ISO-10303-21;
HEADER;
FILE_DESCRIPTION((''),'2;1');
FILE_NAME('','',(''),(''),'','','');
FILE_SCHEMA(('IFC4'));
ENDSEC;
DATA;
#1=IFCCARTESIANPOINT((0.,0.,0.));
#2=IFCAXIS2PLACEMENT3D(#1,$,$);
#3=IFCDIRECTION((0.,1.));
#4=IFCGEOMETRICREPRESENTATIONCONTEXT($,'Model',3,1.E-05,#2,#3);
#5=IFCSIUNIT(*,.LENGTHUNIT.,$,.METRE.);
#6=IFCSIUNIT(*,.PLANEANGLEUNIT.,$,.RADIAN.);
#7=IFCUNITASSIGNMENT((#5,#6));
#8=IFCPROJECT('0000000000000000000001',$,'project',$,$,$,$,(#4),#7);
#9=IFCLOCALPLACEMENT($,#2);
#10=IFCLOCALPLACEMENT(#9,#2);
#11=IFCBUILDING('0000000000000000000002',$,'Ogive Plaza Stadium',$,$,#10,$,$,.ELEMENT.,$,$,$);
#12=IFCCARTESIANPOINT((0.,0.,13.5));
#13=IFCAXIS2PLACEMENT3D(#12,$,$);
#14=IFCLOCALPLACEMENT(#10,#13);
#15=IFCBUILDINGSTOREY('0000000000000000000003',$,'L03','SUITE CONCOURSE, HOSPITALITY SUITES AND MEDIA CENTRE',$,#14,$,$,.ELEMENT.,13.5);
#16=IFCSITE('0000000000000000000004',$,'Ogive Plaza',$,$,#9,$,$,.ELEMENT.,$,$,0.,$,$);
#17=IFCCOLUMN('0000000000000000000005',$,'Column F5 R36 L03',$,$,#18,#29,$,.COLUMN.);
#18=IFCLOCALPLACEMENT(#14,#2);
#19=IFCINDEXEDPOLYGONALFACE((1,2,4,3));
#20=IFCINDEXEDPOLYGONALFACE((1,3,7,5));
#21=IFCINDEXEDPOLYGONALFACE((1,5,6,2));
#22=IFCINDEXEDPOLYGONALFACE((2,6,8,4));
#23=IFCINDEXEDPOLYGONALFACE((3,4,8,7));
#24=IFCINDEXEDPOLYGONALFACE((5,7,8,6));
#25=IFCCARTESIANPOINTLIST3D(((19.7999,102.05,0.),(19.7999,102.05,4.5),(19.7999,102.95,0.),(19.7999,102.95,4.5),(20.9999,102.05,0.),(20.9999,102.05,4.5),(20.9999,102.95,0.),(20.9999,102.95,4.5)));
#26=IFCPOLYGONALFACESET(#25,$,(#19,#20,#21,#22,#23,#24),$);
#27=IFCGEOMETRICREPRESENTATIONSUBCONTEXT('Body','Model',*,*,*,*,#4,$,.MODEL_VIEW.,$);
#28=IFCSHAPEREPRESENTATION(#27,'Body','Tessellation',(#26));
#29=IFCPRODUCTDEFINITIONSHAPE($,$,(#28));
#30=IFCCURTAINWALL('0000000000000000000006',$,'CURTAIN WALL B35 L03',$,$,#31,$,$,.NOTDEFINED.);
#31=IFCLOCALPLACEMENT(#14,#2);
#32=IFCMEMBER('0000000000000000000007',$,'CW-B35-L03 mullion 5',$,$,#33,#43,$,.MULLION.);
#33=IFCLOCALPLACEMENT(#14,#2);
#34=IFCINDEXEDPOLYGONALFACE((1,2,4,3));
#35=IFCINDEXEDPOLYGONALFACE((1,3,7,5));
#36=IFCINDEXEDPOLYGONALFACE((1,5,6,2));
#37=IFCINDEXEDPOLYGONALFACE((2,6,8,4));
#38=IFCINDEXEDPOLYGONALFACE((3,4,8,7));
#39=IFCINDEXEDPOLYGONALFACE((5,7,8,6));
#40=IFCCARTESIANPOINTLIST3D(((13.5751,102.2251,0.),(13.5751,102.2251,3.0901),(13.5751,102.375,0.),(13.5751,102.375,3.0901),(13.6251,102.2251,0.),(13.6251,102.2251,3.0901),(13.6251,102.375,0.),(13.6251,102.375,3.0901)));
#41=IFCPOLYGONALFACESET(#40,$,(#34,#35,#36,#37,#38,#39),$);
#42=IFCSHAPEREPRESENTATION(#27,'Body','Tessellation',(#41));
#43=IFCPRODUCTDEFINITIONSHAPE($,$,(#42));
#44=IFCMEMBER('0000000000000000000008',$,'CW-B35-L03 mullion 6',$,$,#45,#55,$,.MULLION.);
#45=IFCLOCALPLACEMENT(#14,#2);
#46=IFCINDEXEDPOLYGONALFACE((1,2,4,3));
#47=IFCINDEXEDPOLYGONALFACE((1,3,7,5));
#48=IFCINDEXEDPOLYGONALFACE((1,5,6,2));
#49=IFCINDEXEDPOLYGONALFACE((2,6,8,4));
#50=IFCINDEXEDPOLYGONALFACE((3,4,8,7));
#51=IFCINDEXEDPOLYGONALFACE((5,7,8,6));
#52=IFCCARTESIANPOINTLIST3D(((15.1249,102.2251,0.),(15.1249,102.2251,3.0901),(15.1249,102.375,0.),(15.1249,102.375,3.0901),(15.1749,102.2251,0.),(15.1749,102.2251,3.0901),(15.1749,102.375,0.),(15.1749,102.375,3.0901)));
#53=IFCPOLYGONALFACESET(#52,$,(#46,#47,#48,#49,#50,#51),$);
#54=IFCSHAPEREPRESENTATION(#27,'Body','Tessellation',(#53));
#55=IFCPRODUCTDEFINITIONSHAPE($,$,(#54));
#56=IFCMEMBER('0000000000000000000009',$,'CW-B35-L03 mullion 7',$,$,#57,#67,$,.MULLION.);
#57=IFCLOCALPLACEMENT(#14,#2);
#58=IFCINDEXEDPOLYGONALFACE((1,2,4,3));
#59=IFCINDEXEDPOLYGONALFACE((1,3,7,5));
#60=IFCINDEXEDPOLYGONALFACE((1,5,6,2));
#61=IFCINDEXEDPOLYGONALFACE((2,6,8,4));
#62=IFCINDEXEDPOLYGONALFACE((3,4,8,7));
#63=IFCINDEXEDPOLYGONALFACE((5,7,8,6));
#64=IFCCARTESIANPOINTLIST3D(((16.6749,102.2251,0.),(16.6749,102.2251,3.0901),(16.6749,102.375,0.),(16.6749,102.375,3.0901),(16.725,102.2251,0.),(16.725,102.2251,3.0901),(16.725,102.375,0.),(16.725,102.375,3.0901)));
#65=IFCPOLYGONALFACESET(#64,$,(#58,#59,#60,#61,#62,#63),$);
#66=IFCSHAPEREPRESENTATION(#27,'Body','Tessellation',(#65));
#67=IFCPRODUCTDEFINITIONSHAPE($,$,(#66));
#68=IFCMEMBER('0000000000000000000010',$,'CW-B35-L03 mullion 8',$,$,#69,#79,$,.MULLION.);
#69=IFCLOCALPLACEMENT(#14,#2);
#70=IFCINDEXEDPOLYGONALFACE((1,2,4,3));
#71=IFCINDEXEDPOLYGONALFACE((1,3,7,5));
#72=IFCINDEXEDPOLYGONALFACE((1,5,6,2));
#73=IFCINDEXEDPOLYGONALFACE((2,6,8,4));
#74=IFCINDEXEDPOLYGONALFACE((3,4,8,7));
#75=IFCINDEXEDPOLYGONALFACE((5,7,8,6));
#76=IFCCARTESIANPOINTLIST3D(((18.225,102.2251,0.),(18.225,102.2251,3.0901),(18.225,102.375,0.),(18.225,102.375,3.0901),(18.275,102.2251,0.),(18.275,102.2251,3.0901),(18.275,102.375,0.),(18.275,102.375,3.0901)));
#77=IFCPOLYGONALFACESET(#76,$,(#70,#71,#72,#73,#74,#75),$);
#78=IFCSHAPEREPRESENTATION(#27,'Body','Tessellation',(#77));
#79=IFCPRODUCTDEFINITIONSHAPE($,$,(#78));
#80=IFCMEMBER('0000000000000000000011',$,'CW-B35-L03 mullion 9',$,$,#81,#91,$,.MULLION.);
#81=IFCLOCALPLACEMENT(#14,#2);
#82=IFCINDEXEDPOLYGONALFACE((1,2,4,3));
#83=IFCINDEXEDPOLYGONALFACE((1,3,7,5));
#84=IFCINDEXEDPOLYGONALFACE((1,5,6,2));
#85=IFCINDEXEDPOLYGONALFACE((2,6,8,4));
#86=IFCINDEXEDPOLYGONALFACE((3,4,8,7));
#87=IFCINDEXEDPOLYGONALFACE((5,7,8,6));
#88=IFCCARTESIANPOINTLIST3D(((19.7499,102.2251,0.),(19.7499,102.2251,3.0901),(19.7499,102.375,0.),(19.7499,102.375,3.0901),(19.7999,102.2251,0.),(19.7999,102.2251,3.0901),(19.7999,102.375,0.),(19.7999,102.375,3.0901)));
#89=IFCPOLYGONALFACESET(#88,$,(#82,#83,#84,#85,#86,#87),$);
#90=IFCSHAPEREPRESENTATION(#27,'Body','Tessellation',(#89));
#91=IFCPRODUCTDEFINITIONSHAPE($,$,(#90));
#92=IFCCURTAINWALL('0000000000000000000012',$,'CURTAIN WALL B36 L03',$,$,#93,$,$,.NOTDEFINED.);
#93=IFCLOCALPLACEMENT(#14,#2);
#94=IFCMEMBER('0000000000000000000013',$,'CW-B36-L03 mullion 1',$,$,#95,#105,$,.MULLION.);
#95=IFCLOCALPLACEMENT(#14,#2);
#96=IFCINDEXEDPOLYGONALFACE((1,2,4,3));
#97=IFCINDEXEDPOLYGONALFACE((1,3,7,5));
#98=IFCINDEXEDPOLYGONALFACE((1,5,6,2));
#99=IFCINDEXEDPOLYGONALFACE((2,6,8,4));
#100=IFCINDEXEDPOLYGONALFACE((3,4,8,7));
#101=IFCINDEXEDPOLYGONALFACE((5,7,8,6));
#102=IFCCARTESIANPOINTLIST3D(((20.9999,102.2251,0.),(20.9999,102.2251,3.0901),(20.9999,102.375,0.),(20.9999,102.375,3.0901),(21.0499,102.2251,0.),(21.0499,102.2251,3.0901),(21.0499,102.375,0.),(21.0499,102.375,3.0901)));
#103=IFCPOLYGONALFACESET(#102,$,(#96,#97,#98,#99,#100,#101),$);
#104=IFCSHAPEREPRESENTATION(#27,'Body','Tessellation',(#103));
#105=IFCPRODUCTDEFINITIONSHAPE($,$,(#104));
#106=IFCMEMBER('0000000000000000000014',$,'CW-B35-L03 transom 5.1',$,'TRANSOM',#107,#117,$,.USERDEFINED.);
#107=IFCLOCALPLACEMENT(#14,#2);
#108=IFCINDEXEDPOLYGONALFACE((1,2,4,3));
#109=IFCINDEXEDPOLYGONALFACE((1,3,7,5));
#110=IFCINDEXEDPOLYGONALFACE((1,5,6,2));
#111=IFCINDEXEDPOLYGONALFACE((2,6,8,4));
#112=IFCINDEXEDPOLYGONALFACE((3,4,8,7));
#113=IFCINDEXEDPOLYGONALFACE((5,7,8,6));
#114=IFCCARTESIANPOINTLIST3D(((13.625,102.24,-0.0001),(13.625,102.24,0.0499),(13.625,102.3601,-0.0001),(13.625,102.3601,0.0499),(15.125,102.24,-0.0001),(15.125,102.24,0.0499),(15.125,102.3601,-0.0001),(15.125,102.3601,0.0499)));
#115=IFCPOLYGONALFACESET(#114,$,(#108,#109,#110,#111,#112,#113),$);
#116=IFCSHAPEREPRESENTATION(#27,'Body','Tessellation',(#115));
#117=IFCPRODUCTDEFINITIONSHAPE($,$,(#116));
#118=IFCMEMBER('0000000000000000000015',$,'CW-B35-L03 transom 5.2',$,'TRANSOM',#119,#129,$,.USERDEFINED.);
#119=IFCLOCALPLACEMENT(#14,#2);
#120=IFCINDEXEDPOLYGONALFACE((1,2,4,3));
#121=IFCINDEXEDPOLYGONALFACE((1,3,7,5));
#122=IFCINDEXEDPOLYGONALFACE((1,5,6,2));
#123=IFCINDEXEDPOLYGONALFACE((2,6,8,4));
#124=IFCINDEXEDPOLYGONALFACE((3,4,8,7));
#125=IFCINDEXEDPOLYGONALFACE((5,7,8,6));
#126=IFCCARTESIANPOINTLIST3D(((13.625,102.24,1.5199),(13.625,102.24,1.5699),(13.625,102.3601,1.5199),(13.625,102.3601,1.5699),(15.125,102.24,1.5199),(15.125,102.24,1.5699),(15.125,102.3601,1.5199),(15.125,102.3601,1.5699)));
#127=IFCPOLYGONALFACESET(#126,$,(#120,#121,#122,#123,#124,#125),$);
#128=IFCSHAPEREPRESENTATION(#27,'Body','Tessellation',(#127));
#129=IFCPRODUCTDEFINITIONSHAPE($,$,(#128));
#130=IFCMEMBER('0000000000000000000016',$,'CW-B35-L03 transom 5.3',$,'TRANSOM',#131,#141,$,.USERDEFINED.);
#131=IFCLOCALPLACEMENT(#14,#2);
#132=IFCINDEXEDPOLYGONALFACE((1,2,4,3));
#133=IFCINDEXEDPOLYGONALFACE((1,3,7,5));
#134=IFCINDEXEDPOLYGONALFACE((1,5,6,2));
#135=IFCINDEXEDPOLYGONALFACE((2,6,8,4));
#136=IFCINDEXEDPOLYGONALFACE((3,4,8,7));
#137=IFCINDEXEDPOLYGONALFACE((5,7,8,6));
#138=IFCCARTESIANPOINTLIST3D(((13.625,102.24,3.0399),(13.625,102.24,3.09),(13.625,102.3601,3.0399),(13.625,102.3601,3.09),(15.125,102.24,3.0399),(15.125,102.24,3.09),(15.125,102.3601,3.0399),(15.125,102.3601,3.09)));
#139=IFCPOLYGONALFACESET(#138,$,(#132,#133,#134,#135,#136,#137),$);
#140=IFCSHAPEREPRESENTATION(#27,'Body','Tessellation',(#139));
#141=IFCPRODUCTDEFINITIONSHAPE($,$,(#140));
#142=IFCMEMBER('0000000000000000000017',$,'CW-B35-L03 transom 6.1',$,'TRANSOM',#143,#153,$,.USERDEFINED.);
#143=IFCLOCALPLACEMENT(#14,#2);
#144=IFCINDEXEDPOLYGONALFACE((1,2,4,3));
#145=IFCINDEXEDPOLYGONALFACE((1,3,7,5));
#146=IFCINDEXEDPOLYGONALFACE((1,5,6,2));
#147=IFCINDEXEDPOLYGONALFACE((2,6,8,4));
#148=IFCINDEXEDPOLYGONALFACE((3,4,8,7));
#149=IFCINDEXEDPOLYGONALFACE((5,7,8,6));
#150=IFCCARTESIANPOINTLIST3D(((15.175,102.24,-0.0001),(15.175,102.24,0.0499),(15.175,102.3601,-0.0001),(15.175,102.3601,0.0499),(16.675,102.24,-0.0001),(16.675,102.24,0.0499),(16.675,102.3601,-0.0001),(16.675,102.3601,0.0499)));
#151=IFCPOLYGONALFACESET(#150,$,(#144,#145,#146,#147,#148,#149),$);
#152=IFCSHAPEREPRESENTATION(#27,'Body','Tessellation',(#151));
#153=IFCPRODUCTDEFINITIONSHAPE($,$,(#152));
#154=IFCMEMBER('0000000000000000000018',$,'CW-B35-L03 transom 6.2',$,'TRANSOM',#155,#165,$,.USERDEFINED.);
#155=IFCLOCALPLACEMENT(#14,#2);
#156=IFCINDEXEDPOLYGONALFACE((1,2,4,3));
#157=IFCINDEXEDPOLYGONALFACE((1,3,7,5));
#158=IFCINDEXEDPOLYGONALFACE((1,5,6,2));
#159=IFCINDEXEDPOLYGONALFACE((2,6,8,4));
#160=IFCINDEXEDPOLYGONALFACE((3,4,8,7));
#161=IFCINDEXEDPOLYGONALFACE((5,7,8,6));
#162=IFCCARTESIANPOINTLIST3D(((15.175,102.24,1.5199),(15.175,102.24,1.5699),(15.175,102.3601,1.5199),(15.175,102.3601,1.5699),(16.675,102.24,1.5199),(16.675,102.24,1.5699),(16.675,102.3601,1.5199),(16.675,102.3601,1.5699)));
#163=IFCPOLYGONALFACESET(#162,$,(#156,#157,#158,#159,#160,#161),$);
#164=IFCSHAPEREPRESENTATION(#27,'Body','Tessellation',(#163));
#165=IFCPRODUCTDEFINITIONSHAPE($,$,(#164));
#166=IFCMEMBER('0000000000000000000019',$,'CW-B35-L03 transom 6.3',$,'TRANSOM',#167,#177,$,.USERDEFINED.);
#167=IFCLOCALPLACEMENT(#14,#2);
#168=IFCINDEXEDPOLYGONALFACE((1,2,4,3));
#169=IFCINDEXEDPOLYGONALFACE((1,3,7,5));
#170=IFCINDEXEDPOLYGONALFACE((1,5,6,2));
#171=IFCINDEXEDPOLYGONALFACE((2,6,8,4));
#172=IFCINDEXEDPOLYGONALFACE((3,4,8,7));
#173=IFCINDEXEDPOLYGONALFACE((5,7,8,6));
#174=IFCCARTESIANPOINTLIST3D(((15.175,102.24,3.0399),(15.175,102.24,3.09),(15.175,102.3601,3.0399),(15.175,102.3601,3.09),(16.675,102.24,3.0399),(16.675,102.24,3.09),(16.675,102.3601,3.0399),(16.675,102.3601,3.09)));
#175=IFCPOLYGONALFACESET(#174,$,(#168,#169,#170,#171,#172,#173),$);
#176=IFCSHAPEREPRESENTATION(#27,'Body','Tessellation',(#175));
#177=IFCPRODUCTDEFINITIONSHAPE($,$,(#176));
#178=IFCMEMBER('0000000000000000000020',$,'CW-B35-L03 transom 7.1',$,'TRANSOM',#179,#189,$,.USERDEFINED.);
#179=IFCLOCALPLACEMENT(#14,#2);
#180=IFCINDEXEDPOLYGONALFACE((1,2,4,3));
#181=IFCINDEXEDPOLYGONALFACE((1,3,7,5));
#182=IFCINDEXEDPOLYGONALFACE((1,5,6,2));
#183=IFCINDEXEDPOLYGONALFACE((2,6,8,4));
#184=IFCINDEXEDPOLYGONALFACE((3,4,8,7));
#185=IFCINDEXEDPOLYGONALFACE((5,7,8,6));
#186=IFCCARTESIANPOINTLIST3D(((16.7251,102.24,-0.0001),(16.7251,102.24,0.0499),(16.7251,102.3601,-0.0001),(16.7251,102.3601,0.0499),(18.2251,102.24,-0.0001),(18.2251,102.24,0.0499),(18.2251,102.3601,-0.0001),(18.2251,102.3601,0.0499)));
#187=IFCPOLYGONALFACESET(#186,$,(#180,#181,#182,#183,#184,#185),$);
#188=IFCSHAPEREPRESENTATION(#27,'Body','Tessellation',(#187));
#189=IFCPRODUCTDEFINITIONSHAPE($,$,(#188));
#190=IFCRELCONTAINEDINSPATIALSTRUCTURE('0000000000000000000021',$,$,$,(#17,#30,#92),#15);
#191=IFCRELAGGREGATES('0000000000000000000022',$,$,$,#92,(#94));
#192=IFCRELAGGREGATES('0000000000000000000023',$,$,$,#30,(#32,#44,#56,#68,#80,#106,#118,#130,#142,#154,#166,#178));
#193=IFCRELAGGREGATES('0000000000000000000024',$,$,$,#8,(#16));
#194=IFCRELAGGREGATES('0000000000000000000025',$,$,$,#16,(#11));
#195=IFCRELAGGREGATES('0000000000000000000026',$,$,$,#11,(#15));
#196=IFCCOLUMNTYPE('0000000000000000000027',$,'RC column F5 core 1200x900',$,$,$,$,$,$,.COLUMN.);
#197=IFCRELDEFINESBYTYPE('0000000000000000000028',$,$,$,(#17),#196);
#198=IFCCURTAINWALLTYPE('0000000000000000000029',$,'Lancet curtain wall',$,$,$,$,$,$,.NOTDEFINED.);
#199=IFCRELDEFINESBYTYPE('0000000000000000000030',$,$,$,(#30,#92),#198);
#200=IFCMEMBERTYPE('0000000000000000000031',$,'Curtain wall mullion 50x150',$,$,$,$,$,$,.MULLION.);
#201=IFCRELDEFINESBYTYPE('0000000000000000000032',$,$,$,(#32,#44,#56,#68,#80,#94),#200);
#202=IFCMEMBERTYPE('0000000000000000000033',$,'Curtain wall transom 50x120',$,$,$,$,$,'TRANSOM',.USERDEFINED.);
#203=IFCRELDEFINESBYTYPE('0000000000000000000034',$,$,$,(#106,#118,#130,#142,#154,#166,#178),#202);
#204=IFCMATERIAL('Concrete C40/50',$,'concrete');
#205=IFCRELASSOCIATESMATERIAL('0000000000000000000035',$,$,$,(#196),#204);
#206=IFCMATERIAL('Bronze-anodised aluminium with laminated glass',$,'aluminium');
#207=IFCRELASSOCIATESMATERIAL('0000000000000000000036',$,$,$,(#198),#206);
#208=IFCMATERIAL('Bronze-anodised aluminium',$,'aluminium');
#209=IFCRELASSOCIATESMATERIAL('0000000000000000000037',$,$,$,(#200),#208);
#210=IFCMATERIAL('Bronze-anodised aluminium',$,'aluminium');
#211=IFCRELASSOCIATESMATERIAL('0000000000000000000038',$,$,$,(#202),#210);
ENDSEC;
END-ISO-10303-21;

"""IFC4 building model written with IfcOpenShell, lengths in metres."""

from ifc_helpers import new_model, si_unit, direction, frame, origin, origin_2d, place, context, subcontext, project, spatial, rectangle, extrude, material, material_profile, profile_set, type_object, element, aggregate, save


model = new_model("IFC4")

# Units and contexts
model_context = context("Model", 3, precision=1e-05, world=origin(), true_north=direction((0.0, 1.0)))
body_context = subcontext(model_context, "Body", "Model", "MODEL_VIEW")
ifc_project = project(units=[si_unit("LENGTHUNIT", "METRE"), si_unit("PLANEANGLEUNIT", "RADIAN")], contexts=[model_context])

# Site, building, storey
site_placement = place(None, origin())
site = spatial("IfcSite", under=ifc_project, at=site_placement, Name="Ogive Plaza", CompositionType="ELEMENT", RefElevation=0.0)
building_placement = place(site_placement, origin())
building = spatial("IfcBuilding", under=site, at=building_placement, Name="Ogive Plaza Stadium", CompositionType="ELEMENT")
storey_placement = place(building_placement, frame((0.0, 0.0, 13.5)))
storey = spatial("IfcBuildingStorey", under=building, at=storey_placement, Name="L03", Description="SUITE CONCOURSE, HOSPITALITY SUITES AND MEDIA CENTRE", CompositionType="ELEMENT", Elevation=13.5)

# Column
ifc_material_1 = material(Name="Concrete C40/50", Category="concrete")
ifc_material_profile_1 = material_profile(ifc_material_1, rectangle(XDim=1.2, YDim=0.8999, at=origin_2d()), Name="RC 1200x900")
ifc_profile_set_1 = profile_set([ifc_material_profile_1], Name="Concrete C40/50")
column_type = type_object("IfcColumnType", Name="RC column F5 core 1200x900", PredefinedType="COLUMN", material=ifc_profile_set_1)
column_placement = place(storey_placement, frame((20.3999, 102.5, 0.0), z_axis=(0.0, 0.0, 1.0), x_axis=(-1.0, 0.0, 0.0)))
element("IfcColumn", 1, at=column_placement, inside=storey, type_object=column_type, Name="Column F5 R36 L03", PredefinedType="COLUMN", context=body_context, shape_type="SweptSolid", body=[
    extrude(rectangle(XDim=1.2, YDim=0.8999, at=origin_2d()), origin(), (0.0, 0.0, 1.0), 4.5),
])

# Curtain wall, members
ifc_material_2 = material(Name="Bronze-anodised aluminium with laminated glass", Category="aluminium")
curtain_wall_type = type_object("IfcCurtainWallType", Name="Lancet curtain wall", PredefinedType="NOTDEFINED", material=ifc_material_2)
curtain_wall_1_placement = place(storey_placement, origin())
curtain_wall_1 = element("IfcCurtainWall", 2, at=curtain_wall_1_placement, inside=storey, type_object=curtain_wall_type, Name="CURTAIN WALL B35 L03", PredefinedType="NOTDEFINED")
ifc_material_3 = material(Name="Bronze-anodised aluminium", Category="aluminium")
ifc_material_profile_2 = material_profile(ifc_material_3, rectangle(XDim=0.1499, YDim=0.05, at=origin_2d()), Name="AL 150x50")
ifc_profile_set_2 = profile_set([ifc_material_profile_2], Name="Bronze-anodised aluminium")
member_type_1 = type_object("IfcMemberType", Name="Curtain wall mullion 50x150", PredefinedType="MULLION", material=ifc_profile_set_2)
member_1_placement = place(storey_placement, frame((13.6001, 102.3, 0.0), z_axis=(0.0, 0.0, 1.0), x_axis=(0.0, 1.0, 0.0)))
member_1 = element("IfcMember", 3, at=member_1_placement, type_object=member_type_1, Name="CW-B35-L03 mullion 5", PredefinedType="MULLION", context=body_context, shape_type="SweptSolid", body=[
    extrude(rectangle(XDim=0.1499, YDim=0.05, at=origin_2d()), origin(), (0.0, 0.0, 1.0), 3.0901),
])
member_2_placement = place(storey_placement, frame((15.1499, 102.3, 0.0), z_axis=(0.0, 0.0, 1.0), x_axis=(0.0, 1.0, 0.0)))
member_2 = element("IfcMember", 4, at=member_2_placement, type_object=member_type_1, Name="CW-B35-L03 mullion 6", PredefinedType="MULLION", context=body_context, shape_type="SweptSolid", body=[
    extrude(rectangle(XDim=0.1499, YDim=0.05, at=origin_2d()), origin(), (0.0, 0.0, 1.0), 3.0901),
])
member_3_placement = place(storey_placement, frame((16.7, 102.3, 0.0), z_axis=(0.0, 0.0, 1.0), x_axis=(0.0, 1.0, 0.0)))
member_3 = element("IfcMember", 5, at=member_3_placement, type_object=member_type_1, Name="CW-B35-L03 mullion 7", PredefinedType="MULLION", context=body_context, shape_type="SweptSolid", body=[
    extrude(rectangle(XDim=0.1499, YDim=0.05, at=origin_2d()), origin(), (0.0, 0.0, 1.0), 3.0901),
])
member_4_placement = place(storey_placement, frame((18.25, 102.3, 0.0), z_axis=(0.0, 0.0, 1.0), x_axis=(0.0, 1.0, 0.0)))
member_4 = element("IfcMember", 6, at=member_4_placement, type_object=member_type_1, Name="CW-B35-L03 mullion 8", PredefinedType="MULLION", context=body_context, shape_type="SweptSolid", body=[
    extrude(rectangle(XDim=0.1499, YDim=0.05, at=origin_2d()), origin(), (0.0, 0.0, 1.0), 3.0901),
])
member_5_placement = place(storey_placement, frame((19.7749, 102.3, 0.0), z_axis=(0.0, 0.0, 1.0), x_axis=(0.0, 1.0, 0.0)))
member_5 = element("IfcMember", 7, at=member_5_placement, type_object=member_type_1, Name="CW-B35-L03 mullion 9", PredefinedType="MULLION", context=body_context, shape_type="SweptSolid", body=[
    extrude(rectangle(XDim=0.1499, YDim=0.05, at=origin_2d()), origin(), (0.0, 0.0, 1.0), 3.0901),
])

# Curtain wall, member
curtain_wall_2_placement = place(storey_placement, origin())
curtain_wall_2 = element("IfcCurtainWall", 8, at=curtain_wall_2_placement, inside=storey, type_object=curtain_wall_type, Name="CURTAIN WALL B36 L03", PredefinedType="NOTDEFINED")
member_6_placement = place(storey_placement, frame((21.0249, 102.3, 0.0), z_axis=(0.0, 0.0, 1.0), x_axis=(0.0, 1.0, 0.0)))
member_6 = element("IfcMember", 9, at=member_6_placement, type_object=member_type_1, Name="CW-B36-L03 mullion 1", PredefinedType="MULLION", context=body_context, shape_type="SweptSolid", body=[
    extrude(rectangle(XDim=0.1499, YDim=0.05, at=origin_2d()), origin(), (0.0, 0.0, 1.0), 3.0901),
])

# Members
ifc_material_4 = material(Name="Bronze-anodised aluminium", Category="aluminium")
ifc_material_profile_3 = material_profile(ifc_material_4, rectangle(XDim=0.1201, YDim=0.05, at=origin_2d()), Name="AL 120x50")
ifc_profile_set_3 = profile_set([ifc_material_profile_3], Name="Bronze-anodised aluminium")
member_type_2 = type_object("IfcMemberType", Name="Curtain wall transom 50x120", ElementType="TRANSOM", PredefinedType="USERDEFINED", material=ifc_profile_set_3)
member_7_placement = place(storey_placement, frame((13.625, 102.3, 0.0249), z_axis=(1.0, 0.0, 0.0), x_axis=(0.0, 1.0, 0.0)))
member_7 = element("IfcMember", 10, at=member_7_placement, type_object=member_type_2, Name="CW-B35-L03 transom 5.1", ObjectType="TRANSOM", PredefinedType="USERDEFINED", context=body_context, shape_type="SweptSolid", body=[
    extrude(rectangle(XDim=0.1201, YDim=0.05, at=origin_2d()), origin(), (0.0, 0.0, 1.0), 1.5),
])
member_8_placement = place(storey_placement, frame((13.625, 102.3, 1.5449), z_axis=(1.0, 0.0, 0.0), x_axis=(0.0, 1.0, 0.0)))
member_8 = element("IfcMember", 11, at=member_8_placement, type_object=member_type_2, Name="CW-B35-L03 transom 5.2", ObjectType="TRANSOM", PredefinedType="USERDEFINED", context=body_context, shape_type="SweptSolid", body=[
    extrude(rectangle(XDim=0.1201, YDim=0.05, at=origin_2d()), origin(), (0.0, 0.0, 1.0), 1.5),
])
member_9_placement = place(storey_placement, frame((13.625, 102.3, 3.0649), z_axis=(1.0, 0.0, 0.0), x_axis=(0.0, 1.0, 0.0)))
member_9 = element("IfcMember", 12, at=member_9_placement, type_object=member_type_2, Name="CW-B35-L03 transom 5.3", ObjectType="TRANSOM", PredefinedType="USERDEFINED", context=body_context, shape_type="SweptSolid", body=[
    extrude(rectangle(XDim=0.1201, YDim=0.05, at=origin_2d()), origin(), (0.0, 0.0, 1.0), 1.5),
])
member_10_placement = place(storey_placement, frame((15.175, 102.3, 0.0249), z_axis=(1.0, 0.0, 0.0), x_axis=(0.0, 1.0, 0.0)))
member_10 = element("IfcMember", 13, at=member_10_placement, type_object=member_type_2, Name="CW-B35-L03 transom 6.1", ObjectType="TRANSOM", PredefinedType="USERDEFINED", context=body_context, shape_type="SweptSolid", body=[
    extrude(rectangle(XDim=0.1201, YDim=0.05, at=origin_2d()), origin(), (0.0, 0.0, 1.0), 1.5),
])
member_11_placement = place(storey_placement, frame((15.175, 102.3, 1.5449), z_axis=(1.0, 0.0, 0.0), x_axis=(0.0, 1.0, 0.0)))
member_11 = element("IfcMember", 14, at=member_11_placement, type_object=member_type_2, Name="CW-B35-L03 transom 6.2", ObjectType="TRANSOM", PredefinedType="USERDEFINED", context=body_context, shape_type="SweptSolid", body=[
    extrude(rectangle(XDim=0.1201, YDim=0.05, at=origin_2d()), origin(), (0.0, 0.0, 1.0), 1.5),
])
member_12_placement = place(storey_placement, frame((15.175, 102.3, 3.0649), z_axis=(1.0, 0.0, 0.0), x_axis=(0.0, 1.0, 0.0)))
member_12 = element("IfcMember", 15, at=member_12_placement, type_object=member_type_2, Name="CW-B35-L03 transom 6.3", ObjectType="TRANSOM", PredefinedType="USERDEFINED", context=body_context, shape_type="SweptSolid", body=[
    extrude(rectangle(XDim=0.1201, YDim=0.05, at=origin_2d()), origin(), (0.0, 0.0, 1.0), 1.5),
])
member_13_placement = place(storey_placement, frame((16.7251, 102.3, 0.0249), z_axis=(1.0, 0.0, 0.0), x_axis=(0.0, 1.0, 0.0)))
member_13 = element("IfcMember", 16, at=member_13_placement, type_object=member_type_2, Name="CW-B35-L03 transom 7.1", ObjectType="TRANSOM", PredefinedType="USERDEFINED", context=body_context, shape_type="SweptSolid", body=[
    extrude(rectangle(XDim=0.1201, YDim=0.05, at=origin_2d()), origin(), (0.0, 0.0, 1.0), 1.5),
])
aggregate(curtain_wall_2, [member_6])

aggregate(curtain_wall_1, [member_1, member_2, member_3, member_4, member_5, member_7, member_8, member_9, member_10, member_11, member_12, member_13])

save(model, "model.ifc")
